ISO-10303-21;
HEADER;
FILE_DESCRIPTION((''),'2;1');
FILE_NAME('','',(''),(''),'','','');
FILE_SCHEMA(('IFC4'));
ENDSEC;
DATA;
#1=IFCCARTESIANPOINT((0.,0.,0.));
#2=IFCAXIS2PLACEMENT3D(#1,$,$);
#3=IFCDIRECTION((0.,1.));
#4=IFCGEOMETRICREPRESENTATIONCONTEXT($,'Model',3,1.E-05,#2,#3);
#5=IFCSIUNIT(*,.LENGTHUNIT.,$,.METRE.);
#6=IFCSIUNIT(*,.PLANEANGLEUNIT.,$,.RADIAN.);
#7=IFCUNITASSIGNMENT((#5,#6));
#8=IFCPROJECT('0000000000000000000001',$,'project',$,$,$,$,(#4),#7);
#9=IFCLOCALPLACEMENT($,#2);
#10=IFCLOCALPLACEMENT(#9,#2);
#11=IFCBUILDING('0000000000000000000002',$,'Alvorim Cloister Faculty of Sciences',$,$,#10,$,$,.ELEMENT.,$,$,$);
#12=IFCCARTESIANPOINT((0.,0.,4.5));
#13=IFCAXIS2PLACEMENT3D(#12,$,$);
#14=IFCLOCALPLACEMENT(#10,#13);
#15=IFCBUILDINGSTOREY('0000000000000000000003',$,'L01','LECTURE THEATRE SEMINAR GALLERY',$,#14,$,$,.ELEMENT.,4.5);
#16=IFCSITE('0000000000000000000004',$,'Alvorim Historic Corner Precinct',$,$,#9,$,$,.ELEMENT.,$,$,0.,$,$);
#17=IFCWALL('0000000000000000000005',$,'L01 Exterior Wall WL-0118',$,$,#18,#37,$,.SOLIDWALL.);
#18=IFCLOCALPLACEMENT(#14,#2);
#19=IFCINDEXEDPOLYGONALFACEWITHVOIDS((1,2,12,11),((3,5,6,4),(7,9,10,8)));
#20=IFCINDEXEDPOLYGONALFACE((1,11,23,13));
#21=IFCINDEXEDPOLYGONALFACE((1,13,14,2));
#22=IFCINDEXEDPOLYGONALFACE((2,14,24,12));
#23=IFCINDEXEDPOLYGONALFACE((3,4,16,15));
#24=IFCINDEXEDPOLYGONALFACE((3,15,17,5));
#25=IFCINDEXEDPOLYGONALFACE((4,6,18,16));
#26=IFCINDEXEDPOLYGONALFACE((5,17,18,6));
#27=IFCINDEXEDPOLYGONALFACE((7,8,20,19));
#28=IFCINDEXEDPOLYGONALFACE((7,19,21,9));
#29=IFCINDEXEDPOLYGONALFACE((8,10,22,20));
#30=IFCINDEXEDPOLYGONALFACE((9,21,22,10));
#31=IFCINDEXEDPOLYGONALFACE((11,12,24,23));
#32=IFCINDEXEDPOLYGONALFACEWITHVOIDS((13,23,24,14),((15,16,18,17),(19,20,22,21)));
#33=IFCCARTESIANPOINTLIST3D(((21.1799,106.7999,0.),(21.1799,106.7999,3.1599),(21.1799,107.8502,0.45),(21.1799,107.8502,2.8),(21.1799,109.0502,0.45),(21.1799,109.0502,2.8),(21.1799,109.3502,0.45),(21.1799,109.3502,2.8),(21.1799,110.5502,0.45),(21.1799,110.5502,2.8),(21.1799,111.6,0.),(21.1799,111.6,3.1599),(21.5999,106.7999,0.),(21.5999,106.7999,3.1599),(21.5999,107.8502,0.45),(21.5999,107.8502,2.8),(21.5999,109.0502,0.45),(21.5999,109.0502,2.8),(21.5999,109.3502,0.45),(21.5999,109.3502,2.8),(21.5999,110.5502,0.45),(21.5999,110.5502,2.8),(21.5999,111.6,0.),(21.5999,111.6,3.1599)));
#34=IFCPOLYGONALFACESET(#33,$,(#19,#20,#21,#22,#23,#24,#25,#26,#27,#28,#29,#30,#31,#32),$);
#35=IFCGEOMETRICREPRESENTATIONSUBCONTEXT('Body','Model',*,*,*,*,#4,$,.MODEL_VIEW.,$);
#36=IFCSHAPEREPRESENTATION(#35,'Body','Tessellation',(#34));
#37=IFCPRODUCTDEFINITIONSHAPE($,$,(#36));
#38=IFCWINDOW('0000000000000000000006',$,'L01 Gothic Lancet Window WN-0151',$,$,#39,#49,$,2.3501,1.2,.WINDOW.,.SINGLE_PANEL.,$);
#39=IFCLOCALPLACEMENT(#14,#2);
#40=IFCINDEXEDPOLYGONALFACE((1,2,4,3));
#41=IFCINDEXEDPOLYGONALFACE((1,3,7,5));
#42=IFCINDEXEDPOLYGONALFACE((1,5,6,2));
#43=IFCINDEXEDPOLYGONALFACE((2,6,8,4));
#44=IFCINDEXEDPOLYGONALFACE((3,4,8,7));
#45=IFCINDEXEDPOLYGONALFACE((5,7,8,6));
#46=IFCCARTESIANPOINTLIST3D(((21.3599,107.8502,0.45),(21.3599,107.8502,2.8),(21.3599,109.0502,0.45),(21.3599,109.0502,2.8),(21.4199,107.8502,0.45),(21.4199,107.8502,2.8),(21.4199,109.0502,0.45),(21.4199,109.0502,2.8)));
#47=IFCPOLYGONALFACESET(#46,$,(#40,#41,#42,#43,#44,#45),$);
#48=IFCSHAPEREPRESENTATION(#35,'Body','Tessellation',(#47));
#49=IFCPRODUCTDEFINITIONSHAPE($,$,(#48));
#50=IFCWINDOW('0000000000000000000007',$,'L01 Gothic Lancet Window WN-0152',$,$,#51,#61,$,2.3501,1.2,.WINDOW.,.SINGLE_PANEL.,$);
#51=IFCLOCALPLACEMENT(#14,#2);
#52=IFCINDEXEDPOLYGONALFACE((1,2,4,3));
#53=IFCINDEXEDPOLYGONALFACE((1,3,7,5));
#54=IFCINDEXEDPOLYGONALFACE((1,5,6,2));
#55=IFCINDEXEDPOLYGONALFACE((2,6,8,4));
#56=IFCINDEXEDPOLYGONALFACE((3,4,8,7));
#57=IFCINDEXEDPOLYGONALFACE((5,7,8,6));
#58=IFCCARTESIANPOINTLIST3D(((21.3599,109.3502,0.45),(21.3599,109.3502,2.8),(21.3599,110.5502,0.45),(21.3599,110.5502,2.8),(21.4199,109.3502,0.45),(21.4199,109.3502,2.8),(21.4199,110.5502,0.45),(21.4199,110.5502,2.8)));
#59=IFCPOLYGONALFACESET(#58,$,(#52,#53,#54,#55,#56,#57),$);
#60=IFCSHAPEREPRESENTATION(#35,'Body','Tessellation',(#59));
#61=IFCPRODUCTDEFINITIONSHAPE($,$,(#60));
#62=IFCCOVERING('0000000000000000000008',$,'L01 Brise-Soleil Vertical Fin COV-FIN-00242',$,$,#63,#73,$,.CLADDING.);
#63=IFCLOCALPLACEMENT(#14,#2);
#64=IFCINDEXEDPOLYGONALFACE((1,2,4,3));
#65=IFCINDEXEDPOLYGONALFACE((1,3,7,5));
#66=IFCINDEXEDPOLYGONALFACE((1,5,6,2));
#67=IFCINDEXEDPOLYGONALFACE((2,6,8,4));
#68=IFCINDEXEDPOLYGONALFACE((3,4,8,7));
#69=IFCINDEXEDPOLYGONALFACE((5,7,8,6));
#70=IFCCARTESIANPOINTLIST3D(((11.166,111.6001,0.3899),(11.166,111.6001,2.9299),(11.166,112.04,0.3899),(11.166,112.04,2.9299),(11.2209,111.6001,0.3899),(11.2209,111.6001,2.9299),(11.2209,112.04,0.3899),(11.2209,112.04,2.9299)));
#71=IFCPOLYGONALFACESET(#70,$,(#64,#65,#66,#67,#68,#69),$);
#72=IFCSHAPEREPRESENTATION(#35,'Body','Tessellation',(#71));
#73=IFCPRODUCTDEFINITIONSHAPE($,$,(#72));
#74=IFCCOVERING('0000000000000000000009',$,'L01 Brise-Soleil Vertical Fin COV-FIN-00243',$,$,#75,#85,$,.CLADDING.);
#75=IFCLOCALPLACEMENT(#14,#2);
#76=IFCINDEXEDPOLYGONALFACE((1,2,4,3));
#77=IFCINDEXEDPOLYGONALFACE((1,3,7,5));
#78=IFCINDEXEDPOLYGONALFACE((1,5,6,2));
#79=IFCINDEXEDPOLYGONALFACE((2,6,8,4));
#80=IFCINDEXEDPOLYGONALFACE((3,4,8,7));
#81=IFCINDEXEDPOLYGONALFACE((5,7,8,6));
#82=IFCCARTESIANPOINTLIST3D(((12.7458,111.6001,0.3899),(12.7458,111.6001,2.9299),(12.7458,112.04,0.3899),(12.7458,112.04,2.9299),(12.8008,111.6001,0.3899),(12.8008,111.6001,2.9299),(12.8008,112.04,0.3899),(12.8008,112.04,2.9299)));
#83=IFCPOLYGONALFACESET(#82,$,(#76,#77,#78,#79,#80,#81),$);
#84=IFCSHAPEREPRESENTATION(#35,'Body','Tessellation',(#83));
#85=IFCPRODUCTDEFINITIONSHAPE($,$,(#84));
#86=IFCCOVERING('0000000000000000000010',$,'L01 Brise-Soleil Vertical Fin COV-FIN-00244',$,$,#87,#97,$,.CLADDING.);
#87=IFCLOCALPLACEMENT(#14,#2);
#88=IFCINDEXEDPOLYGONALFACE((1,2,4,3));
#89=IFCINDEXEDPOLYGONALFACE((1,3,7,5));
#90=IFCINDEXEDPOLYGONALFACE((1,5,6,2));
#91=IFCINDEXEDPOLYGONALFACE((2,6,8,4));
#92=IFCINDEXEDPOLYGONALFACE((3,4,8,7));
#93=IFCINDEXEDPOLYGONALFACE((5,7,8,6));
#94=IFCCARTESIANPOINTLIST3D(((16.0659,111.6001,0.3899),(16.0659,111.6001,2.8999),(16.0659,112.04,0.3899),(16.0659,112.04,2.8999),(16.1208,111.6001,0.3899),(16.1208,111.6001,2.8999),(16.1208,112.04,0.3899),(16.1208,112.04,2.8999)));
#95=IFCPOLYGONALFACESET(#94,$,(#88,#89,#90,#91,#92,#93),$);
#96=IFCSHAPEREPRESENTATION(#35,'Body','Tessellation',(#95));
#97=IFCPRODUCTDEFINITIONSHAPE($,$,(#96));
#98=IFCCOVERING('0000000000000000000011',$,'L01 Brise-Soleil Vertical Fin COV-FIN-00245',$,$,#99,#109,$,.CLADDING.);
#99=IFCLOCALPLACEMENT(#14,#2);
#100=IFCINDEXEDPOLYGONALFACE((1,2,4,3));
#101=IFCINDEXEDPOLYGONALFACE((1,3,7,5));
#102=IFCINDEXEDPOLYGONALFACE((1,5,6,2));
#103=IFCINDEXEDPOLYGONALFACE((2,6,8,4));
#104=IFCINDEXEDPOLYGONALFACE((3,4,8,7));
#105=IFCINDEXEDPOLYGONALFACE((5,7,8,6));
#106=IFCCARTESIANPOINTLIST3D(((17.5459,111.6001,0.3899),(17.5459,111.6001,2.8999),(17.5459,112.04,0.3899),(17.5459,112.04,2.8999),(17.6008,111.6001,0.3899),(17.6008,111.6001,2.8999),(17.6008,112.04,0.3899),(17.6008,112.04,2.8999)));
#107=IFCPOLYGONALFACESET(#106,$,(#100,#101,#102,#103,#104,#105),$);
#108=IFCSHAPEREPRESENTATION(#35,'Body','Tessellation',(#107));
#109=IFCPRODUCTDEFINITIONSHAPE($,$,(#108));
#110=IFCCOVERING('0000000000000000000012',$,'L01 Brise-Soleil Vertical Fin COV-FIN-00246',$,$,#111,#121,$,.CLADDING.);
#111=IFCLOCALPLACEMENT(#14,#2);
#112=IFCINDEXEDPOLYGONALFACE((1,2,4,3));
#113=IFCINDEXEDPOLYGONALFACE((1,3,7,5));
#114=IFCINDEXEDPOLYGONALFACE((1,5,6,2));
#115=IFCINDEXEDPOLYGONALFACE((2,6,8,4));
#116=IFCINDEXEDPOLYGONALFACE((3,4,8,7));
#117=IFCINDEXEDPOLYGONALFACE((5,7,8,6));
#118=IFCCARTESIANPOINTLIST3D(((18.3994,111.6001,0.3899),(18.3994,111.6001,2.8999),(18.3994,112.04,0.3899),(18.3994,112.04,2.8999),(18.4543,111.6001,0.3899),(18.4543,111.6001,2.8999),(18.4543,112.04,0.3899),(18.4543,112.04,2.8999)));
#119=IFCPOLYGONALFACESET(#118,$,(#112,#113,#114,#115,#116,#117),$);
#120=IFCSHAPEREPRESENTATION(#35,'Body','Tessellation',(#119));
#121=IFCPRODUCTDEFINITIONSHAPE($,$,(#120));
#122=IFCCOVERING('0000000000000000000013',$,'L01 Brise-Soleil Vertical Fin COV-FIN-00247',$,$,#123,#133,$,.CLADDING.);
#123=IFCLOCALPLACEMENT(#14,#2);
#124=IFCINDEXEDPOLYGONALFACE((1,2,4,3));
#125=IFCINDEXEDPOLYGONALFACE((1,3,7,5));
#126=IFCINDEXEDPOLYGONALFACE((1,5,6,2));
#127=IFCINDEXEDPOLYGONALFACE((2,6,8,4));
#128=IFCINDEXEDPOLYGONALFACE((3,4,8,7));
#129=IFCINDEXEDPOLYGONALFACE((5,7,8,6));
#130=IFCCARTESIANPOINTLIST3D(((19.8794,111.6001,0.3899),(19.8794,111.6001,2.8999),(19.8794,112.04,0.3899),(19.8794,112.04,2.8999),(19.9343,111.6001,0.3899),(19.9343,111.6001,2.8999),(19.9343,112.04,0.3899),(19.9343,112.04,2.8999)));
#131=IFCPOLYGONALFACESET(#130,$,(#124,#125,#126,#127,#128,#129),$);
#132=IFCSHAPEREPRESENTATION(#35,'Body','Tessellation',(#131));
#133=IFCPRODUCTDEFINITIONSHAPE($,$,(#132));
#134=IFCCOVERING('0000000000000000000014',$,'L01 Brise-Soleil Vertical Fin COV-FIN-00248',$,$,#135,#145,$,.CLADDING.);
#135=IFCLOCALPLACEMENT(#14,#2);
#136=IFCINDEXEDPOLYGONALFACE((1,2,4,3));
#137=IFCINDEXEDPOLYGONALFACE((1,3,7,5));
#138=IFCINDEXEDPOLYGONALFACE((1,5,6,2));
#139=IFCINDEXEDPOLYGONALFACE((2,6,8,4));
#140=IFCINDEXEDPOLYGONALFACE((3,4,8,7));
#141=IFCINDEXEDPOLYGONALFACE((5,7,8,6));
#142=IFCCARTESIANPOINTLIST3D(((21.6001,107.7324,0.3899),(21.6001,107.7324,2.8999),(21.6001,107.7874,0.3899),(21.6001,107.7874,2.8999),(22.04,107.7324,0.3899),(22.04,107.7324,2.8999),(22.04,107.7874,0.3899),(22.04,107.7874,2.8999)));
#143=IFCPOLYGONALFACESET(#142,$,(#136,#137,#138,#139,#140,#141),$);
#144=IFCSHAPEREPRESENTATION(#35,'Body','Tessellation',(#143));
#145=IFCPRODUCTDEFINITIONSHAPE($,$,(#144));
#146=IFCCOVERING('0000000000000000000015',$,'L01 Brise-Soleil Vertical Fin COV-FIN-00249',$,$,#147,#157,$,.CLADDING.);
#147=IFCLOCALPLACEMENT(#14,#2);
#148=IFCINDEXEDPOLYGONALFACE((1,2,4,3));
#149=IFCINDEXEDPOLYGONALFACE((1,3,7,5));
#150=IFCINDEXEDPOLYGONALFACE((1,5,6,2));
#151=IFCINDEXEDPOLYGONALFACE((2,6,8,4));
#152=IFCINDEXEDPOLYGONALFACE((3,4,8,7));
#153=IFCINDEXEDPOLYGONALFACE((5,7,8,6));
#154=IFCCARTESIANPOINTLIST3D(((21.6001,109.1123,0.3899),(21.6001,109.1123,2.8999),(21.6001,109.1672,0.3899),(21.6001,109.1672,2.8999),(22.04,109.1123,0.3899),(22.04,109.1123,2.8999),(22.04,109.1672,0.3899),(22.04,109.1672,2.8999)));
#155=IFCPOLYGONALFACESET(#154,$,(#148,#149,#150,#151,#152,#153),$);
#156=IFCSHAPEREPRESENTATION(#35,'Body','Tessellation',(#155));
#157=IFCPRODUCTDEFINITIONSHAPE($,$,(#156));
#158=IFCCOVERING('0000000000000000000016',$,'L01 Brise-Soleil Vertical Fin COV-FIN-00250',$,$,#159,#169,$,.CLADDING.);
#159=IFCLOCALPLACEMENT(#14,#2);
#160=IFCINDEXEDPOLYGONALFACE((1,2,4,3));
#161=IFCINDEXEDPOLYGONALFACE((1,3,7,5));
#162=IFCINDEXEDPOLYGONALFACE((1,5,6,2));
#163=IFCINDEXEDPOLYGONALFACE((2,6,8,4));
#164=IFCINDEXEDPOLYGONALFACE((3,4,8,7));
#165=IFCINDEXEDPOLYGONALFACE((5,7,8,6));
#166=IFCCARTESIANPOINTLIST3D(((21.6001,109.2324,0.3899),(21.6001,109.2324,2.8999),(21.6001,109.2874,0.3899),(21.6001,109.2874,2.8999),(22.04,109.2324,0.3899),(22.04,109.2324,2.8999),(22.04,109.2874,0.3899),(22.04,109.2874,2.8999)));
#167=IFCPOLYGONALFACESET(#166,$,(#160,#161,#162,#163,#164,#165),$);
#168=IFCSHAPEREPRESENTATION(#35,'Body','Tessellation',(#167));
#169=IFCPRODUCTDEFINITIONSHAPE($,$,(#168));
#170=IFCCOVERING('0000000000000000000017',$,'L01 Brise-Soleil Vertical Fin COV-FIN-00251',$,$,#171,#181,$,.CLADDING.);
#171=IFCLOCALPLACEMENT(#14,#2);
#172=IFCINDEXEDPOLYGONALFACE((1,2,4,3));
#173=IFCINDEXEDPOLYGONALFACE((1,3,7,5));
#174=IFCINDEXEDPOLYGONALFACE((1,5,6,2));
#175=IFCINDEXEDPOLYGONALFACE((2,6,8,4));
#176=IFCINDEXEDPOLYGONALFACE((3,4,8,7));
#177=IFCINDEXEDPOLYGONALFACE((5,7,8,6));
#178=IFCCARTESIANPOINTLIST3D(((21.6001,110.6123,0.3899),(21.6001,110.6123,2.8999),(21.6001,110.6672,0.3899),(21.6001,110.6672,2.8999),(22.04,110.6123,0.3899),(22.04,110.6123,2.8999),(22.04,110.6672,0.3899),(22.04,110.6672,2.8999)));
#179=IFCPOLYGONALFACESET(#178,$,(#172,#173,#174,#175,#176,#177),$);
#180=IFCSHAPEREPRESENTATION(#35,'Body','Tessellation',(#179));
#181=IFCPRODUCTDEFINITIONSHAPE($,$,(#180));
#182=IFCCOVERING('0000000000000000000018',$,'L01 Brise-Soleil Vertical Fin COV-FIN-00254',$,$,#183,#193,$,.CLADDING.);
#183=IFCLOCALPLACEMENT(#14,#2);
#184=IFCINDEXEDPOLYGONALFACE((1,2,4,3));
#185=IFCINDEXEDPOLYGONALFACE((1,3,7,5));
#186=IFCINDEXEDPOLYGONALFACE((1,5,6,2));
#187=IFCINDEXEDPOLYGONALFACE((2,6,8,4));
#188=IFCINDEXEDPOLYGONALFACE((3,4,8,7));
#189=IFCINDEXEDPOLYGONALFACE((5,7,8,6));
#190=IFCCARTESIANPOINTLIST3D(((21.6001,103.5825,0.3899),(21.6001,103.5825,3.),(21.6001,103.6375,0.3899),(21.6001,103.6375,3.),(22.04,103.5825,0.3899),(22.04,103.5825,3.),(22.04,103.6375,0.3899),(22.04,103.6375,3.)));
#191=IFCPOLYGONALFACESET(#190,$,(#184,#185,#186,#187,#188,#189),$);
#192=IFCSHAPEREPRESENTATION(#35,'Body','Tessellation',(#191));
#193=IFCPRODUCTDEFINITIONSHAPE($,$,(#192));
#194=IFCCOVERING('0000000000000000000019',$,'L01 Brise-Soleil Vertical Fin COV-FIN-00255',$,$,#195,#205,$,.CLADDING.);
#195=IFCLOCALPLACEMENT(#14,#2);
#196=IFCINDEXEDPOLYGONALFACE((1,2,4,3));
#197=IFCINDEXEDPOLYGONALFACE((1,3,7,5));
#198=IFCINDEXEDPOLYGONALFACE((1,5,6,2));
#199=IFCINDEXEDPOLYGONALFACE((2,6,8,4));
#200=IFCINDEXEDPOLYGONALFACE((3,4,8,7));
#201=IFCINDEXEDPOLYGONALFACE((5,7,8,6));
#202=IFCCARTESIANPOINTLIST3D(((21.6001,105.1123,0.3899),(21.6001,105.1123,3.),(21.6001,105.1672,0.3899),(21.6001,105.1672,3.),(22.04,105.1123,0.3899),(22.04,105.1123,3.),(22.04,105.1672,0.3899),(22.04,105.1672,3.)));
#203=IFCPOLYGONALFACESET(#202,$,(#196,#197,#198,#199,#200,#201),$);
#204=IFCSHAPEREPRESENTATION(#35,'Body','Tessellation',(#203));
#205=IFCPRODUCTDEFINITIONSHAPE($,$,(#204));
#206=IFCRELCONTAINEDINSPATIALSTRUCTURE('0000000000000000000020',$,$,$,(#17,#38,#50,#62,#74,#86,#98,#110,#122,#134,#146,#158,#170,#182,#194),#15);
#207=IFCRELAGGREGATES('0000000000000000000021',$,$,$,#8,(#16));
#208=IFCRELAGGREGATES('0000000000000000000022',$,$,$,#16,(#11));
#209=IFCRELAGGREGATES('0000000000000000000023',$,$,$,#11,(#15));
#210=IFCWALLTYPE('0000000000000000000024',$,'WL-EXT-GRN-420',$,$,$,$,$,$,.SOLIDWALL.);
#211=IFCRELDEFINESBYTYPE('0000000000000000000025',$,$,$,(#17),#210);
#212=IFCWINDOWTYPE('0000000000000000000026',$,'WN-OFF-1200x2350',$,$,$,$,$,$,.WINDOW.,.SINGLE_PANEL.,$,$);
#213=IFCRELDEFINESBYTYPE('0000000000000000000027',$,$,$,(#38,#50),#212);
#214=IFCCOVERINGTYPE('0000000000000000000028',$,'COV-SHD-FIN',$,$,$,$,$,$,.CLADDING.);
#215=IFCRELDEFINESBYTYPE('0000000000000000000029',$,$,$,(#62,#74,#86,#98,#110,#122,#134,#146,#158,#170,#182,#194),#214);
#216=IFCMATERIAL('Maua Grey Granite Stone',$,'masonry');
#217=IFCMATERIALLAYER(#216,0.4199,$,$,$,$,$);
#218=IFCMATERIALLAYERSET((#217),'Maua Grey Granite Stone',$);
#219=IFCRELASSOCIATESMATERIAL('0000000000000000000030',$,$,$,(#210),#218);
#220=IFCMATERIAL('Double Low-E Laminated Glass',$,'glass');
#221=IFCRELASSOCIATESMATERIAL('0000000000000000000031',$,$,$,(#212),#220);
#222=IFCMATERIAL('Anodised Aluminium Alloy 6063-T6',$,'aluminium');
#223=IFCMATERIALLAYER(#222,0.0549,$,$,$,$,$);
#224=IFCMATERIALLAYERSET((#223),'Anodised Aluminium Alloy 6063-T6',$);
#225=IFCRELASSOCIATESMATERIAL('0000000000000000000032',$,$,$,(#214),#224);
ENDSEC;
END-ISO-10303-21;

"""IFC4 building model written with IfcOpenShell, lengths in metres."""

from ifc_helpers import new_model, si_unit, direction, frame, frame_2d, origin, place, context, subcontext, project, spatial, polyline, rectangle, outline, extrude, material, layer, layer_set, type_object, element, fill, save


model = new_model("IFC4")

# Units and contexts
model_context = context("Model", 3, precision=1e-05, world=origin(), true_north=direction((0.0, 1.0)))
body_context = subcontext(model_context, "Body", "Model", "MODEL_VIEW")
ifc_project = project(units=[si_unit("LENGTHUNIT", "METRE"), si_unit("PLANEANGLEUNIT", "RADIAN")], contexts=[model_context])

# Site, building, storey
site_placement = place(None, origin())
site = spatial("IfcSite", under=ifc_project, at=site_placement, Name="Alvorim Historic Corner Precinct", CompositionType="ELEMENT", RefElevation=0.0)
building_placement = place(site_placement, origin())
building = spatial("IfcBuilding", under=site, at=building_placement, Name="Alvorim Cloister Faculty of Sciences", CompositionType="ELEMENT")
storey_placement = place(building_placement, frame((0.0, 0.0, 4.5)))
storey = spatial("IfcBuildingStorey", under=building, at=storey_placement, Name="L01", Description="LECTURE THEATRE SEMINAR GALLERY", CompositionType="ELEMENT", Elevation=4.5)

# Wall, openings, windows
ifc_material_1 = material(Name="Maua Grey Granite Stone", Category="masonry")
ifc_layer_1 = layer(ifc_material_1, 0.4199)
ifc_layer_set_1 = layer_set([ifc_layer_1], Name="Maua Grey Granite Stone")
wall_type = type_object("IfcWallType", Name="WL-EXT-GRN-420", PredefinedType="SOLIDWALL", material=ifc_layer_set_1)
ifc_material_2 = material(Name="Double Low-E Laminated Glass", Category="glass")
wall_1_placement = place(storey_placement, frame((21.3899, 106.8, 0.0), z_axis=(0.0, 0.0, 1.0), x_axis=(0.0, 1.0, 0.0)))
wall_1 = element("IfcWall", 1, at=wall_1_placement, inside=storey, type_object=wall_type, Name="L01 Exterior Wall WL-0118", PredefinedType="SOLIDWALL", context=body_context, shape_type="SweptSolid", body=[
    extrude(rectangle(XDim=4.8, YDim=0.4199, at=frame_2d((2.3999, 0.0))), origin(), (0.0, 0.0, 1.0), 3.1599),
])
opening_1_placement = place(wall_1_placement, frame((1.05, 0.0, 0.45)))
opening_1 = element("IfcOpeningElement", 2, at=opening_1_placement, cuts=wall_1, PredefinedType="OPENING", context=body_context, shape_type="SweptSolid", body=[
    extrude(rectangle(XDim=1.2, YDim=2.3501, at=frame_2d((0.6001, 1.175))), frame((0.0, 0.2219, 0.0), z_axis=(0.0, -1.0, 0.0), x_axis=(1.0, 0.0, 0.0)), (0.0, 0.0, 1.0), 0.4438),
])
opening_2_placement = place(wall_1_placement, frame((2.55, 0.0, 0.45)))
opening_2 = element("IfcOpeningElement", 3, at=opening_2_placement, cuts=wall_1, PredefinedType="OPENING", context=body_context, shape_type="SweptSolid", body=[
    extrude(rectangle(XDim=1.2, YDim=2.3501, at=frame_2d((0.6001, 1.175))), frame((0.0, 0.2219, 0.0), z_axis=(0.0, -1.0, 0.0), x_axis=(1.0, 0.0, 0.0)), (0.0, 0.0, 1.0), 0.4438),
])
window_type_1 = type_object("IfcWindowType", Name="WN-OFF-1200x2350", PartitioningType="SINGLE_PANEL", PredefinedType="WINDOW", material=ifc_material_2)
window_1_placement = place(opening_1_placement, origin())
window_1 = element("IfcWindow", 4, at=window_1_placement, inside=storey, type_object=window_type_1, Name="L01 Gothic Lancet Window WN-0151", OverallHeight=2.3501, OverallWidth=1.2, PartitioningType="SINGLE_PANEL", PredefinedType="WINDOW", context=body_context, shape_type="SweptSolid", body=[
    extrude(rectangle(XDim=1.2, YDim=2.3501, at=frame_2d((0.6001, 1.175))), frame((0.0, 0.03, 0.0), z_axis=(0.0, -1.0, 0.0), x_axis=(1.0, 0.0, 0.0)), (0.0, 0.0, 1.0), 0.0601),
])
fill(opening_1, window_1)
window_2_placement = place(opening_2_placement, origin())
window_2 = element("IfcWindow", 5, at=window_2_placement, inside=storey, type_object=window_type_1, Name="L01 Gothic Lancet Window WN-0152", OverallHeight=2.3501, OverallWidth=1.2, PartitioningType="SINGLE_PANEL", PredefinedType="WINDOW", context=body_context, shape_type="SweptSolid", body=[
    extrude(rectangle(XDim=1.2, YDim=2.3501, at=frame_2d((0.6001, 1.175))), frame((0.0, 0.03, 0.0), z_axis=(0.0, -1.0, 0.0), x_axis=(1.0, 0.0, 0.0)), (0.0, 0.0, 1.0), 0.0601),
])
fill(opening_2, window_2)

# Coverings
ifc_material_3 = material(Name="Anodised Aluminium Alloy 6063-T6", Category="aluminium")
ifc_layer_2 = layer(ifc_material_3, 0.0549)
ifc_layer_set_2 = layer_set([ifc_layer_2], Name="Anodised Aluminium Alloy 6063-T6")
covering_type = type_object("IfcCoveringType", Name="COV-SHD-FIN", PredefinedType="CLADDING", material=ifc_layer_set_2)
for number, where, z_axis, x_axis, name in (
    (6, (11.1934, 111.6001, 0.3899), (0.0, 0.0, 1.0), (0.0, 1.0, 0.0), "L01 Brise-Soleil Vertical Fin COV-FIN-00242"),
    (7, (12.7732, 111.6001, 0.3899), (0.0, 0.0, 1.0), (0.0, 1.0, 0.0), "L01 Brise-Soleil Vertical Fin COV-FIN-00243"),
):
    element("IfcCovering", number, at=place(storey_placement, frame(where, z_axis=z_axis, x_axis=x_axis)), inside=storey, type_object=covering_type, Name=name, PredefinedType="CLADDING", context=body_context, shape_type="SweptSolid", body=[
        extrude(outline(polyline([(0.0, 0.0), (0.4399, 0.0), (0.4399, 2.54), (0.0, 2.54), (0.0, 0.0)])), frame((0.0, 0.0273, 0.0), z_axis=(0.0, -1.0, 0.0), x_axis=(1.0, 0.0, 0.0)), (0.0, 0.0, 1.0), 0.0549),
    ])
for number, where, z_axis, x_axis, name in (
    (8, (16.0933, 111.6001, 0.3899), (0.0, 0.0, 1.0), (0.0, 1.0, 0.0), "L01 Brise-Soleil Vertical Fin COV-FIN-00244"),
    (9, (17.5732, 111.6001, 0.3899), (0.0, 0.0, 1.0), (0.0, 1.0, 0.0), "L01 Brise-Soleil Vertical Fin COV-FIN-00245"),
    (10, (18.4268, 111.6001, 0.3899), (0.0, 0.0, 1.0), (0.0, 1.0, 0.0), "L01 Brise-Soleil Vertical Fin COV-FIN-00246"),
    (11, (19.9067, 111.6001, 0.3899), (0.0, 0.0, 1.0), (0.0, 1.0, 0.0), "L01 Brise-Soleil Vertical Fin COV-FIN-00247"),
    (12, (21.6001, 107.76, 0.3899), (0.0, 0.0, 1.0), (1.0, 0.0, 0.0), "L01 Brise-Soleil Vertical Fin COV-FIN-00248"),
    (13, (21.6001, 109.1399, 0.3899), (0.0, 0.0, 1.0), (1.0, 0.0, 0.0), "L01 Brise-Soleil Vertical Fin COV-FIN-00249"),
    (14, (21.6001, 109.26, 0.3899), (0.0, 0.0, 1.0), (1.0, 0.0, 0.0), "L01 Brise-Soleil Vertical Fin COV-FIN-00250"),
    (15, (21.6001, 110.6399, 0.3899), (0.0, 0.0, 1.0), (1.0, 0.0, 0.0), "L01 Brise-Soleil Vertical Fin COV-FIN-00251"),
):
    element("IfcCovering", number, at=place(storey_placement, frame(where, z_axis=z_axis, x_axis=x_axis)), inside=storey, type_object=covering_type, Name=name, PredefinedType="CLADDING", context=body_context, shape_type="SweptSolid", body=[
        extrude(outline(polyline([(0.0, 0.0), (0.4399, 0.0), (0.4399, 2.51), (0.0, 2.51), (0.0, 0.0)])), frame((0.0, 0.0273, 0.0), z_axis=(0.0, -1.0, 0.0), x_axis=(1.0, 0.0, 0.0)), (0.0, 0.0, 1.0), 0.0549),
    ])
for number, where, z_axis, x_axis, name in (
    (16, (21.6001, 103.6101, 0.3899), (0.0, 0.0, 1.0), (1.0, 0.0, 0.0), "L01 Brise-Soleil Vertical Fin COV-FIN-00254"),
    (17, (21.6001, 105.1399, 0.3899), (0.0, 0.0, 1.0), (1.0, 0.0, 0.0), "L01 Brise-Soleil Vertical Fin COV-FIN-00255"),
):
    element("IfcCovering", number, at=place(storey_placement, frame(where, z_axis=z_axis, x_axis=x_axis)), inside=storey, type_object=covering_type, Name=name, PredefinedType="CLADDING", context=body_context, shape_type="SweptSolid", body=[
        extrude(outline(polyline([(0.0, 0.0), (0.4399, 0.0), (0.4399, 2.6101), (0.0, 2.6101), (0.0, 0.0)])), frame((0.0, 0.0273, 0.0), z_axis=(0.0, -1.0, 0.0), x_axis=(1.0, 0.0, 0.0)), (0.0, 0.0, 1.0), 0.0549),
    ])

save(model, "model.ifc")
